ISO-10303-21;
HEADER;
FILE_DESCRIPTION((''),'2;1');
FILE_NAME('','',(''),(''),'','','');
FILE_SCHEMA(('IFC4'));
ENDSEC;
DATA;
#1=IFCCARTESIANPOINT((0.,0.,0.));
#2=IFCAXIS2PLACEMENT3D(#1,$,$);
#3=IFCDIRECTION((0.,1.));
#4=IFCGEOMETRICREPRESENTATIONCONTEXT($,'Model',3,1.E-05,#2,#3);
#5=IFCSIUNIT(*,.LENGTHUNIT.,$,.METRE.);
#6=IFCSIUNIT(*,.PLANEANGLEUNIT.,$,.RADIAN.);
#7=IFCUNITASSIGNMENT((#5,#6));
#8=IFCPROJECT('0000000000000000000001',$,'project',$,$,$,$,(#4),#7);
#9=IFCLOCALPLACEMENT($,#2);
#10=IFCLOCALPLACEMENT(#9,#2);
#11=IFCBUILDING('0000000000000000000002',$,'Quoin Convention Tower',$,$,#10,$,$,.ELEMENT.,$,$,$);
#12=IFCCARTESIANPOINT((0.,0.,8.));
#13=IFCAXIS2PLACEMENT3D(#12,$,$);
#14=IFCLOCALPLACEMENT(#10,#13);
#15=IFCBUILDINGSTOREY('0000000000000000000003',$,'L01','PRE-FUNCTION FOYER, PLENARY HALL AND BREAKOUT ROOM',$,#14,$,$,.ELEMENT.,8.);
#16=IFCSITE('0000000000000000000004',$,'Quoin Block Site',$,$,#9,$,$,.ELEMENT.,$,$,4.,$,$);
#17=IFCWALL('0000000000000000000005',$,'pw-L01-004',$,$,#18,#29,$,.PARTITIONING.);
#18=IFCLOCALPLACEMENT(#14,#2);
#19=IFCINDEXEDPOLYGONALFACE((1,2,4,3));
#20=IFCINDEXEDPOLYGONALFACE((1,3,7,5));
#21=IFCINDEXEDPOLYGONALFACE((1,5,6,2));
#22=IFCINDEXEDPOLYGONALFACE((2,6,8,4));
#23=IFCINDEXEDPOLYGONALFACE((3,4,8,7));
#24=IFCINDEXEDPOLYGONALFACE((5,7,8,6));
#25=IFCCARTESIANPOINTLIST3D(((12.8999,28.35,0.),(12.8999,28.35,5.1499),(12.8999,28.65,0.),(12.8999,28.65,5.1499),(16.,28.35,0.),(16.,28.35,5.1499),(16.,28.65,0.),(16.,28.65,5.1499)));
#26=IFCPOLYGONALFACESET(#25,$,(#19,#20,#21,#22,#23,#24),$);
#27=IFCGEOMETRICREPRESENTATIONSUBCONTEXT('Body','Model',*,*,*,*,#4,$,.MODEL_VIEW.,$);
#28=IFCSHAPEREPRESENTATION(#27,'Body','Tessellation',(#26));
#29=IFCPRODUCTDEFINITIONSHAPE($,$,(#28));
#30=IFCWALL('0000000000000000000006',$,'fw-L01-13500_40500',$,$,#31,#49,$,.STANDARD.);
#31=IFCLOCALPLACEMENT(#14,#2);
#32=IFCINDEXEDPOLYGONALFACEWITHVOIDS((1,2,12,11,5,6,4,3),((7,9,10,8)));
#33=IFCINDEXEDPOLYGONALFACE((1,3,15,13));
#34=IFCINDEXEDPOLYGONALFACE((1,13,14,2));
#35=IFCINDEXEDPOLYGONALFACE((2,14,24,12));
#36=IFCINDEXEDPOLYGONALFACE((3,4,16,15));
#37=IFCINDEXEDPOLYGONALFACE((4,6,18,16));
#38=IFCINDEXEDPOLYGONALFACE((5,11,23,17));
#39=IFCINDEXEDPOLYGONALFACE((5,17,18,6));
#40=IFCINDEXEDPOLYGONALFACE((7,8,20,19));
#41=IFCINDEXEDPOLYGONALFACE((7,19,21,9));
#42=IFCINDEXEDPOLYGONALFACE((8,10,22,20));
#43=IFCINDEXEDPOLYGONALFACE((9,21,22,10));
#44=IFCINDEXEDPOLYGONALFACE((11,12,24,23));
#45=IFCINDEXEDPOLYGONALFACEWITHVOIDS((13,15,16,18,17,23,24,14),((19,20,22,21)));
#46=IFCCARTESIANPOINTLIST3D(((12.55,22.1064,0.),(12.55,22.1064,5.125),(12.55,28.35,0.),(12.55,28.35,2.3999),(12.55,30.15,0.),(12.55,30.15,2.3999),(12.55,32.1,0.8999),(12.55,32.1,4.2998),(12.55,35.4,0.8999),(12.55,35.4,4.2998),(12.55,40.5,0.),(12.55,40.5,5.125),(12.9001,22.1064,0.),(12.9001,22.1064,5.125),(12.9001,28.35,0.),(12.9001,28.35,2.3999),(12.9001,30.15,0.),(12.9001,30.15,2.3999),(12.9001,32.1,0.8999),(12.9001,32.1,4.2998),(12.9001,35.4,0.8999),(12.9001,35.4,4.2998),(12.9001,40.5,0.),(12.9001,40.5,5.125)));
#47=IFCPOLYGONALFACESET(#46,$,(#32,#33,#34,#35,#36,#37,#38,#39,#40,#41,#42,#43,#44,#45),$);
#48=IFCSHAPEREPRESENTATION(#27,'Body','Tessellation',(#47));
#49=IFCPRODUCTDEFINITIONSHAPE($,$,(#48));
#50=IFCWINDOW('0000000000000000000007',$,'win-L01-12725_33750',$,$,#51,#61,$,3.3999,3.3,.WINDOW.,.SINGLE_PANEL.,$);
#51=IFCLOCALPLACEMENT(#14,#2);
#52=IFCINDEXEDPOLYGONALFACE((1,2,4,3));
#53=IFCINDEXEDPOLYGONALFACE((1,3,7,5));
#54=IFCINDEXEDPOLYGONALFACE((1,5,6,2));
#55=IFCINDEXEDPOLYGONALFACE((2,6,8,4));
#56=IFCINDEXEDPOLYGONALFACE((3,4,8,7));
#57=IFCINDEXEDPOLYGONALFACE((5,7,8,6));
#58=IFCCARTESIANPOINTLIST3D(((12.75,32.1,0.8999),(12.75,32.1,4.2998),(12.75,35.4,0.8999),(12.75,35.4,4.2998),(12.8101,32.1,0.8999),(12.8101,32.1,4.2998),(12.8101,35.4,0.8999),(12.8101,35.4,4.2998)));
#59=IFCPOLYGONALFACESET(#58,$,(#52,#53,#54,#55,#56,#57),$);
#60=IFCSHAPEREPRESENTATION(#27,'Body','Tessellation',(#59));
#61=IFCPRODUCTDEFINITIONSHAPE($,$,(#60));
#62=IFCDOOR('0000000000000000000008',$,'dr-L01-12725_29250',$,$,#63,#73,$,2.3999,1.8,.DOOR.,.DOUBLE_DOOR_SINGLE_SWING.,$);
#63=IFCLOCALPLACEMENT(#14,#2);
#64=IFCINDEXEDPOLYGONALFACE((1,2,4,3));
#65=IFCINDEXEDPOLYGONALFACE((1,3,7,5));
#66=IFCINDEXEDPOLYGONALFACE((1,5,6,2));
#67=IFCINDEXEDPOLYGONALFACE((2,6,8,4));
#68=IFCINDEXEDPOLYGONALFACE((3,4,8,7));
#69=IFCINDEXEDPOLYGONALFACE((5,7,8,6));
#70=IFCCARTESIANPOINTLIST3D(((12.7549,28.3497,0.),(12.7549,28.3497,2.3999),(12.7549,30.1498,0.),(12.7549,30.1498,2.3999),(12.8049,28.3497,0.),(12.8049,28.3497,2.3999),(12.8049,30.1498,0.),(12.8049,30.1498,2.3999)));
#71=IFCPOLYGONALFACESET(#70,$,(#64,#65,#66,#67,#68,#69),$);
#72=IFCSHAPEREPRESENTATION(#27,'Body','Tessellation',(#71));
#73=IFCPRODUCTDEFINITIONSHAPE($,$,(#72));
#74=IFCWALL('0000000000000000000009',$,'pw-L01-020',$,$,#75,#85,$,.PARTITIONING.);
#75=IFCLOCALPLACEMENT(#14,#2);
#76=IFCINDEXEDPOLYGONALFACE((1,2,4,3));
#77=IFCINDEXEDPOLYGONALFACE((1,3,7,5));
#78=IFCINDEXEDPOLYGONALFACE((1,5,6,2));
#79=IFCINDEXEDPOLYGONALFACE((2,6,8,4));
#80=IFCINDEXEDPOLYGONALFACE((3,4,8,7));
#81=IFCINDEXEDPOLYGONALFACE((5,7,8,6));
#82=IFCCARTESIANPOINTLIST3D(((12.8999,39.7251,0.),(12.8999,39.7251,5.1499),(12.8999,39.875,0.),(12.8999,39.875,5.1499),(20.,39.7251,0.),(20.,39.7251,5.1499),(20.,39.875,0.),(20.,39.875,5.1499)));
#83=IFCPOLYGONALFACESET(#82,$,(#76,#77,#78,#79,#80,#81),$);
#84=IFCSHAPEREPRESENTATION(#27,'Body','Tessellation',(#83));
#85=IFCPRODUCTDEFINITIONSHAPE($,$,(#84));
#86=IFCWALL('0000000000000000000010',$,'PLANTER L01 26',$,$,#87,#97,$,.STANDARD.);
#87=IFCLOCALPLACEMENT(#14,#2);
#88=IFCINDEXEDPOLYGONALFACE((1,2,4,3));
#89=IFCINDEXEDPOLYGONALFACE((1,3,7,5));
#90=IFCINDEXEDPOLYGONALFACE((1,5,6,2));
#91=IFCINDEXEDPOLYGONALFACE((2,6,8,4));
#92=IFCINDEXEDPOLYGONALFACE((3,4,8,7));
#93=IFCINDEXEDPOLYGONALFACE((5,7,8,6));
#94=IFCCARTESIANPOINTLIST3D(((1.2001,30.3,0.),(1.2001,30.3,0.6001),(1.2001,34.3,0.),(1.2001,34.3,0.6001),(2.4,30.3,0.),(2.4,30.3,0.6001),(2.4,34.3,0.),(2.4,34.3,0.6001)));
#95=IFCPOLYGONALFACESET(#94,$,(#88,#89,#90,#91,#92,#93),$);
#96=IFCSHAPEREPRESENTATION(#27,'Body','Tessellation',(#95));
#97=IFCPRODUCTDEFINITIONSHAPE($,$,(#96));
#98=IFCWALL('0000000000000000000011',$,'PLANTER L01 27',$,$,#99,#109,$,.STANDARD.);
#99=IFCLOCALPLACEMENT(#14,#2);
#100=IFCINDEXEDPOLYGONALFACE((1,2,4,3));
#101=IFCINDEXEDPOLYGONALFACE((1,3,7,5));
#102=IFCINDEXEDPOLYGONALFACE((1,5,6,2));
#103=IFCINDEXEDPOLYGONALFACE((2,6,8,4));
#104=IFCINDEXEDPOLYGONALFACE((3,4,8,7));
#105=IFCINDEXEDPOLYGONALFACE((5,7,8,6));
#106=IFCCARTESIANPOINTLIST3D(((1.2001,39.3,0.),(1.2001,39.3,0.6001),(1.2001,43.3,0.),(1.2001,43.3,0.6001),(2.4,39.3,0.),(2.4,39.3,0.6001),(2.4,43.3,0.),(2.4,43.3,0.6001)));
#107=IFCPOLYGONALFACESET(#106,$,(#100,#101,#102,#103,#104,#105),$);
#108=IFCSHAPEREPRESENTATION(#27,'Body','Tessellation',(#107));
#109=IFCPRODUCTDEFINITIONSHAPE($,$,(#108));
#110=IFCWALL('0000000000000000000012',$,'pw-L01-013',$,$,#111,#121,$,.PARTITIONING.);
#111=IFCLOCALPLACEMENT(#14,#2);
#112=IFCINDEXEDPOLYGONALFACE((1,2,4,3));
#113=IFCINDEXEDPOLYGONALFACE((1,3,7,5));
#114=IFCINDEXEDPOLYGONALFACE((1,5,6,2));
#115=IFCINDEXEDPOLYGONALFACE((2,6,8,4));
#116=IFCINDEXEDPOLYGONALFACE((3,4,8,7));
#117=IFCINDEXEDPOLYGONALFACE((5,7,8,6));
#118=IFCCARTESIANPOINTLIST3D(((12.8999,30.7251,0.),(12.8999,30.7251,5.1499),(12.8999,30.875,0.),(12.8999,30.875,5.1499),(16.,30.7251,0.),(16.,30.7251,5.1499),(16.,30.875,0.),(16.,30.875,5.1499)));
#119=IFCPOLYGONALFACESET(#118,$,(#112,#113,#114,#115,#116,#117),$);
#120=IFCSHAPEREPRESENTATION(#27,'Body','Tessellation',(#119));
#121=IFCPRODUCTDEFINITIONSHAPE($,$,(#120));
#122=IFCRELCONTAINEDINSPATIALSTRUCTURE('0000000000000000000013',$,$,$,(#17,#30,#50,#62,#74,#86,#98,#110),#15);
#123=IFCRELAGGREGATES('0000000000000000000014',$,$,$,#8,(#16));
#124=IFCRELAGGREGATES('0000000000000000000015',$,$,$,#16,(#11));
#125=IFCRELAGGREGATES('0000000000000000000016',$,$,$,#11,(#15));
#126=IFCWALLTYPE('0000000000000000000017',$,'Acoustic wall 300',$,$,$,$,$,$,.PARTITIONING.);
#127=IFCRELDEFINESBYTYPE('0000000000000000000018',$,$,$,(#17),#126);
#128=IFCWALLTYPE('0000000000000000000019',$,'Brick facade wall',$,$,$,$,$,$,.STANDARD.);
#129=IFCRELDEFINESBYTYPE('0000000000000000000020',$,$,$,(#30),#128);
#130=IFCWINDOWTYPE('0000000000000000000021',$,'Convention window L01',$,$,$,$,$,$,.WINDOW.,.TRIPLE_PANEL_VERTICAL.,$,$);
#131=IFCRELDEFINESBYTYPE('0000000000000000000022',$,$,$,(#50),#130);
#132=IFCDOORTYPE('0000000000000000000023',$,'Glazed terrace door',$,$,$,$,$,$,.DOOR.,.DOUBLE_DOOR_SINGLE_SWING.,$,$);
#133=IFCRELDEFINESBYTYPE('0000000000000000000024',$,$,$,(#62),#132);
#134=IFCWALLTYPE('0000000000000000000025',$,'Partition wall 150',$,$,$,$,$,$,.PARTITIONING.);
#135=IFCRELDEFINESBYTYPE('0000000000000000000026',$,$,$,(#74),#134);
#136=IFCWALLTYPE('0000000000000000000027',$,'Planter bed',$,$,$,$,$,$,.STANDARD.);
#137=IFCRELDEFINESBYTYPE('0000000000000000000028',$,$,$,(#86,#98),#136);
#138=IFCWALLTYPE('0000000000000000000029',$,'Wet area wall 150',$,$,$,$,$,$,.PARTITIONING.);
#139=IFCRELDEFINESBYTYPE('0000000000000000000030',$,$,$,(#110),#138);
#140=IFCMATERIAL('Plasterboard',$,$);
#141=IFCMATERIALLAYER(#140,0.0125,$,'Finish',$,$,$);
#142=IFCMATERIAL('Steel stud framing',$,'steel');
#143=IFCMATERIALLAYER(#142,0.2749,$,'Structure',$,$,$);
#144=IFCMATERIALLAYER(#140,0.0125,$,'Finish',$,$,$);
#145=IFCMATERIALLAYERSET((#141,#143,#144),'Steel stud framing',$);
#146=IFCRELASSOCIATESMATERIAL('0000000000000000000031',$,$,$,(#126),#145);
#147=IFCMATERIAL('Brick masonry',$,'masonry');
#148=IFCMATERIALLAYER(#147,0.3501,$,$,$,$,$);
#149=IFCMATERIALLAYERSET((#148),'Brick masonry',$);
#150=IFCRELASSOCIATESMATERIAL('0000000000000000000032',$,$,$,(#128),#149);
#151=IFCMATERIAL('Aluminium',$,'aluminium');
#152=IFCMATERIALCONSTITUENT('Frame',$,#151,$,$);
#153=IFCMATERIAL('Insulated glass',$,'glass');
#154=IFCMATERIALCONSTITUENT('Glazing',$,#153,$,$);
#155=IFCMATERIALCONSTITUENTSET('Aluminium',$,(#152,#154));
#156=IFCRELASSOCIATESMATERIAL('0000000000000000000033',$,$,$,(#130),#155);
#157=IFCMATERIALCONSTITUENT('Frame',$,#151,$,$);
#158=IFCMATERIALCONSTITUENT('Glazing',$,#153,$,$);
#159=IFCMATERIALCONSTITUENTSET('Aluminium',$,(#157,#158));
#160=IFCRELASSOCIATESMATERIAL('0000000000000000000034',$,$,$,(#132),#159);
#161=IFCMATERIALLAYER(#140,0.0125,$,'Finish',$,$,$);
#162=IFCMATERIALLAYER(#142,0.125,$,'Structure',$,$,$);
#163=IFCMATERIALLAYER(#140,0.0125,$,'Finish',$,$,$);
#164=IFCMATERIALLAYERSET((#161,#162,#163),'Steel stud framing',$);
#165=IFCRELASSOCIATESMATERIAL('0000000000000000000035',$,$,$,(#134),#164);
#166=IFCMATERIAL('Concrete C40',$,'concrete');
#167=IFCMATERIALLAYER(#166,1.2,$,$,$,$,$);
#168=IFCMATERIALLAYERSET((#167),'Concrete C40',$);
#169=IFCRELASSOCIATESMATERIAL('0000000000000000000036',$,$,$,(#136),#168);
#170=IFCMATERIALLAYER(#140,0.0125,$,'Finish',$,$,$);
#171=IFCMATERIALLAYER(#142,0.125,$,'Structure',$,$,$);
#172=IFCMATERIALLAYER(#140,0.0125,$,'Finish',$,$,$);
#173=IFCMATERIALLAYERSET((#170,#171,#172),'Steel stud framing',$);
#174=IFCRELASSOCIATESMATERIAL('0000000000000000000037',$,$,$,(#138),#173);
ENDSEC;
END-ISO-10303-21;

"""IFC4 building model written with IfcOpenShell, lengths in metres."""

from ifc_helpers import new_model, si_unit, direction, frame, frame_2d, origin, place, context, subcontext, project, spatial, rectangle, extrude, material, layer, layer_set, constituent, constituent_set, type_object, element, fill, save


model = new_model("IFC4")

# Units and contexts
model_context = context("Model", 3, precision=1e-05, world=origin(), true_north=direction((0.0, 1.0)))
body_context = subcontext(model_context, "Body", "Model", "MODEL_VIEW")
ifc_project = project(units=[si_unit("LENGTHUNIT", "METRE"), si_unit("PLANEANGLEUNIT", "RADIAN")], contexts=[model_context])

# Site, building, storey
site_placement = place(None, origin())
site = spatial("IfcSite", under=ifc_project, at=site_placement, Name="Quoin Block Site", CompositionType="ELEMENT", RefElevation=4.0)
building_placement = place(site_placement, origin())
building = spatial("IfcBuilding", under=site, at=building_placement, Name="Quoin Convention Tower", CompositionType="ELEMENT")
storey_placement = place(building_placement, frame((0.0, 0.0, 8.0)))
storey = spatial("IfcBuildingStorey", under=building, at=storey_placement, Name="L01", Description="PRE-FUNCTION FOYER, PLENARY HALL AND BREAKOUT ROOM", CompositionType="ELEMENT", Elevation=8.0)

# Wall
ifc_material_1 = material(Name="Plasterboard")
ifc_layer_1 = layer(ifc_material_1, 0.0125, Name="Finish")
ifc_material_2 = material(Name="Steel stud framing", Category="steel")
ifc_layer_2 = layer(ifc_material_2, 0.2749, Name="Structure")
ifc_layer_3 = layer(ifc_material_1, 0.0125, Name="Finish")
ifc_layer_set_1 = layer_set([ifc_layer_1, ifc_layer_2, ifc_layer_3], Name="Steel stud framing")
wall_type_1 = type_object("IfcWallType", Name="Acoustic wall 300", PredefinedType="PARTITIONING", material=ifc_layer_set_1)
wall_1_placement = place(storey_placement, frame((12.8999, 28.5, 0.0), z_axis=(0.0, 0.0, 1.0), x_axis=(1.0, 0.0, 0.0)))
element("IfcWall", 1, at=wall_1_placement, inside=storey, type_object=wall_type_1, Name="pw-L01-004", PredefinedType="PARTITIONING", context=body_context, shape_type="SweptSolid", body=[
    extrude(rectangle(XDim=3.1001, YDim=0.3, at=frame_2d((1.55, 0.0))), origin(), (0.0, 0.0, 1.0), 5.1499),
])

# Wall, openings, window, door
ifc_material_3 = material(Name="Brick masonry", Category="masonry")
ifc_layer_4 = layer(ifc_material_3, 0.3501)
ifc_layer_set_2 = layer_set([ifc_layer_4], Name="Brick masonry")
wall_type_2 = type_object("IfcWallType", Name="Brick facade wall", PredefinedType="STANDARD", material=ifc_layer_set_2)
wall_2_placement = place(storey_placement, frame((12.7251, 40.5, 0.0), z_axis=(0.0, 0.0, 1.0), x_axis=(0.0, -1.0, 0.0)))
wall_2 = element("IfcWall", 2, at=wall_2_placement, inside=storey, type_object=wall_type_2, Name="fw-L01-13500_40500", PredefinedType="STANDARD", context=body_context, shape_type="SweptSolid", body=[
    extrude(rectangle(XDim=18.3936, YDim=0.3501, at=frame_2d((9.1968, 0.0))), origin(), (0.0, 0.0, 1.0), 5.125),
])
opening_1_placement = place(wall_2_placement, frame((5.1001, 0.0, 0.8999)))
opening_1 = element("IfcOpeningElement", 3, at=opening_1_placement, cuts=wall_2, PredefinedType="OPENING", context=body_context, shape_type="SweptSolid", body=[
    extrude(rectangle(XDim=3.3, YDim=3.3999, at=frame_2d((1.6499, 1.7))), frame((0.0, 0.1851, 0.0), z_axis=(0.0, -1.0, 0.0), x_axis=(1.0, 0.0, 0.0)), (0.0, 0.0, 1.0), 0.3701),
])
opening_2_placement = place(wall_2_placement, frame((10.3501, 0.0, 0.0)))
opening_2 = element("IfcOpeningElement", 4, at=opening_2_placement, cuts=wall_2, PredefinedType="OPENING", context=body_context, shape_type="SweptSolid", body=[
    extrude(rectangle(XDim=1.8, YDim=2.3999, at=frame_2d((0.8999, 1.2))), frame((0.0, 0.1851, 0.0), z_axis=(0.0, -1.0, 0.0), x_axis=(1.0, 0.0, 0.0)), (0.0, 0.0, 1.0), 0.3701),
])
ifc_material_4 = material(Name="Aluminium", Category="aluminium")
ifc_constituent_1 = constituent(ifc_material_4, Name="Frame")
ifc_material_5 = material(Name="Insulated glass", Category="glass")
ifc_constituent_2 = constituent(ifc_material_5, Name="Glazing")
ifc_constituent_set_1 = constituent_set(constituents=[ifc_constituent_1, ifc_constituent_2], Name="Aluminium")
window_type = type_object("IfcWindowType", Name="Convention window L01", PartitioningType="TRIPLE_PANEL_VERTICAL", PredefinedType="WINDOW", material=ifc_constituent_set_1)
window_placement = place(opening_1_placement, origin())
window = element("IfcWindow", 5, at=window_placement, inside=storey, type_object=window_type, Name="win-L01-12725_33750", OverallHeight=3.3999, OverallWidth=3.3, PartitioningType="SINGLE_PANEL", PredefinedType="WINDOW", context=body_context, shape_type="SweptSolid", body=[
    extrude(rectangle(XDim=3.3, YDim=3.3999, at=frame_2d((1.6499, 1.7))), frame((0.0, 0.085, 0.0), z_axis=(0.0, -1.0, 0.0), x_axis=(1.0, 0.0, 0.0)), (0.0, 0.0, 1.0), 0.0601),
])
fill(opening_1, window)
ifc_constituent_3 = constituent(ifc_material_4, Name="Frame")
ifc_constituent_4 = constituent(ifc_material_5, Name="Glazing")
ifc_constituent_set_2 = constituent_set(constituents=[ifc_constituent_3, ifc_constituent_4], Name="Aluminium")
door_type = type_object("IfcDoorType", Name="Glazed terrace door", OperationType="DOUBLE_DOOR_SINGLE_SWING", PredefinedType="DOOR", material=ifc_constituent_set_2)
door_placement = place(opening_2_placement, frame((1.8, 0.0, 0.0), z_axis=(0.0, 0.0, 1.0), x_axis=(-1.0, 0.0, 0.0)))
door = element("IfcDoor", 6, at=door_placement, inside=storey, type_object=door_type, Name="dr-L01-12725_29250", OperationType="DOUBLE_DOOR_SINGLE_SWING", OverallHeight=2.3999, OverallWidth=1.8, PredefinedType="DOOR", context=body_context, shape_type="SweptSolid", body=[
    extrude(rectangle(XDim=1.8, YDim=2.3999, at=frame_2d((0.8999, 1.2))), frame((0.0, -0.0298, 0.0), z_axis=(0.0, -1.0, 0.0), x_axis=(1.0, 0.0, 0.0)), (0.0, 0.0, 1.0), 0.05),
])
fill(opening_2, door)

# Walls
ifc_layer_5 = layer(ifc_material_1, 0.0125, Name="Finish")
ifc_layer_6 = layer(ifc_material_2, 0.125, Name="Structure")
ifc_layer_7 = layer(ifc_material_1, 0.0125, Name="Finish")
ifc_layer_set_3 = layer_set([ifc_layer_5, ifc_layer_6, ifc_layer_7], Name="Steel stud framing")
wall_type_3 = type_object("IfcWallType", Name="Partition wall 150", PredefinedType="PARTITIONING", material=ifc_layer_set_3)
wall_3_placement = place(storey_placement, frame((12.8999, 39.8, 0.0), z_axis=(0.0, 0.0, 1.0), x_axis=(1.0, 0.0, 0.0)))
element("IfcWall", 7, at=wall_3_placement, inside=storey, type_object=wall_type_3, Name="pw-L01-020", PredefinedType="PARTITIONING", context=body_context, shape_type="SweptSolid", body=[
    extrude(rectangle(XDim=7.1001, YDim=0.1499, at=frame_2d((3.55, 0.0))), origin(), (0.0, 0.0, 1.0), 5.1499),
])
ifc_material_6 = material(Name="Concrete C40", Category="concrete")
ifc_layer_8 = layer(ifc_material_6, 1.2)
ifc_layer_set_4 = layer_set([ifc_layer_8], Name="Concrete C40")
wall_type_4 = type_object("IfcWallType", Name="Planter bed", PredefinedType="STANDARD", material=ifc_layer_set_4)
for number, where, z_axis, x_axis, name in (
    (8, (1.8, 30.3, 0.0), (0.0, 0.0, 1.0), (0.0, 1.0, 0.0), "PLANTER L01 26"),
    (9, (1.8, 39.3, 0.0), (0.0, 0.0, 1.0), (0.0, 1.0, 0.0), "PLANTER L01 27"),
):
    element("IfcWall", number, at=place(storey_placement, frame(where, z_axis=z_axis, x_axis=x_axis)), inside=storey, type_object=wall_type_4, Name=name, PredefinedType="STANDARD", context=body_context, shape_type="SweptSolid", body=[
        extrude(rectangle(XDim=4.0, YDim=1.2, at=frame_2d((2.0, 0.0))), origin(), (0.0, 0.0, 1.0), 0.6001),
    ])
ifc_layer_9 = layer(ifc_material_1, 0.0125, Name="Finish")
ifc_layer_10 = layer(ifc_material_2, 0.125, Name="Structure")
ifc_layer_11 = layer(ifc_material_1, 0.0125, Name="Finish")
ifc_layer_set_5 = layer_set([ifc_layer_9, ifc_layer_10, ifc_layer_11], Name="Steel stud framing")
wall_type_5 = type_object("IfcWallType", Name="Wet area wall 150", PredefinedType="PARTITIONING", material=ifc_layer_set_5)
wall_4_placement = place(storey_placement, frame((12.8999, 30.8, 0.0), z_axis=(0.0, 0.0, 1.0), x_axis=(1.0, 0.0, 0.0)))
element("IfcWall", 10, at=wall_4_placement, inside=storey, type_object=wall_type_5, Name="pw-L01-013", PredefinedType="PARTITIONING", context=body_context, shape_type="SweptSolid", body=[
    extrude(rectangle(XDim=3.1001, YDim=0.1499, at=frame_2d((1.55, 0.0))), origin(), (0.0, 0.0, 1.0), 5.1499),
])

save(model, "model.ifc")
